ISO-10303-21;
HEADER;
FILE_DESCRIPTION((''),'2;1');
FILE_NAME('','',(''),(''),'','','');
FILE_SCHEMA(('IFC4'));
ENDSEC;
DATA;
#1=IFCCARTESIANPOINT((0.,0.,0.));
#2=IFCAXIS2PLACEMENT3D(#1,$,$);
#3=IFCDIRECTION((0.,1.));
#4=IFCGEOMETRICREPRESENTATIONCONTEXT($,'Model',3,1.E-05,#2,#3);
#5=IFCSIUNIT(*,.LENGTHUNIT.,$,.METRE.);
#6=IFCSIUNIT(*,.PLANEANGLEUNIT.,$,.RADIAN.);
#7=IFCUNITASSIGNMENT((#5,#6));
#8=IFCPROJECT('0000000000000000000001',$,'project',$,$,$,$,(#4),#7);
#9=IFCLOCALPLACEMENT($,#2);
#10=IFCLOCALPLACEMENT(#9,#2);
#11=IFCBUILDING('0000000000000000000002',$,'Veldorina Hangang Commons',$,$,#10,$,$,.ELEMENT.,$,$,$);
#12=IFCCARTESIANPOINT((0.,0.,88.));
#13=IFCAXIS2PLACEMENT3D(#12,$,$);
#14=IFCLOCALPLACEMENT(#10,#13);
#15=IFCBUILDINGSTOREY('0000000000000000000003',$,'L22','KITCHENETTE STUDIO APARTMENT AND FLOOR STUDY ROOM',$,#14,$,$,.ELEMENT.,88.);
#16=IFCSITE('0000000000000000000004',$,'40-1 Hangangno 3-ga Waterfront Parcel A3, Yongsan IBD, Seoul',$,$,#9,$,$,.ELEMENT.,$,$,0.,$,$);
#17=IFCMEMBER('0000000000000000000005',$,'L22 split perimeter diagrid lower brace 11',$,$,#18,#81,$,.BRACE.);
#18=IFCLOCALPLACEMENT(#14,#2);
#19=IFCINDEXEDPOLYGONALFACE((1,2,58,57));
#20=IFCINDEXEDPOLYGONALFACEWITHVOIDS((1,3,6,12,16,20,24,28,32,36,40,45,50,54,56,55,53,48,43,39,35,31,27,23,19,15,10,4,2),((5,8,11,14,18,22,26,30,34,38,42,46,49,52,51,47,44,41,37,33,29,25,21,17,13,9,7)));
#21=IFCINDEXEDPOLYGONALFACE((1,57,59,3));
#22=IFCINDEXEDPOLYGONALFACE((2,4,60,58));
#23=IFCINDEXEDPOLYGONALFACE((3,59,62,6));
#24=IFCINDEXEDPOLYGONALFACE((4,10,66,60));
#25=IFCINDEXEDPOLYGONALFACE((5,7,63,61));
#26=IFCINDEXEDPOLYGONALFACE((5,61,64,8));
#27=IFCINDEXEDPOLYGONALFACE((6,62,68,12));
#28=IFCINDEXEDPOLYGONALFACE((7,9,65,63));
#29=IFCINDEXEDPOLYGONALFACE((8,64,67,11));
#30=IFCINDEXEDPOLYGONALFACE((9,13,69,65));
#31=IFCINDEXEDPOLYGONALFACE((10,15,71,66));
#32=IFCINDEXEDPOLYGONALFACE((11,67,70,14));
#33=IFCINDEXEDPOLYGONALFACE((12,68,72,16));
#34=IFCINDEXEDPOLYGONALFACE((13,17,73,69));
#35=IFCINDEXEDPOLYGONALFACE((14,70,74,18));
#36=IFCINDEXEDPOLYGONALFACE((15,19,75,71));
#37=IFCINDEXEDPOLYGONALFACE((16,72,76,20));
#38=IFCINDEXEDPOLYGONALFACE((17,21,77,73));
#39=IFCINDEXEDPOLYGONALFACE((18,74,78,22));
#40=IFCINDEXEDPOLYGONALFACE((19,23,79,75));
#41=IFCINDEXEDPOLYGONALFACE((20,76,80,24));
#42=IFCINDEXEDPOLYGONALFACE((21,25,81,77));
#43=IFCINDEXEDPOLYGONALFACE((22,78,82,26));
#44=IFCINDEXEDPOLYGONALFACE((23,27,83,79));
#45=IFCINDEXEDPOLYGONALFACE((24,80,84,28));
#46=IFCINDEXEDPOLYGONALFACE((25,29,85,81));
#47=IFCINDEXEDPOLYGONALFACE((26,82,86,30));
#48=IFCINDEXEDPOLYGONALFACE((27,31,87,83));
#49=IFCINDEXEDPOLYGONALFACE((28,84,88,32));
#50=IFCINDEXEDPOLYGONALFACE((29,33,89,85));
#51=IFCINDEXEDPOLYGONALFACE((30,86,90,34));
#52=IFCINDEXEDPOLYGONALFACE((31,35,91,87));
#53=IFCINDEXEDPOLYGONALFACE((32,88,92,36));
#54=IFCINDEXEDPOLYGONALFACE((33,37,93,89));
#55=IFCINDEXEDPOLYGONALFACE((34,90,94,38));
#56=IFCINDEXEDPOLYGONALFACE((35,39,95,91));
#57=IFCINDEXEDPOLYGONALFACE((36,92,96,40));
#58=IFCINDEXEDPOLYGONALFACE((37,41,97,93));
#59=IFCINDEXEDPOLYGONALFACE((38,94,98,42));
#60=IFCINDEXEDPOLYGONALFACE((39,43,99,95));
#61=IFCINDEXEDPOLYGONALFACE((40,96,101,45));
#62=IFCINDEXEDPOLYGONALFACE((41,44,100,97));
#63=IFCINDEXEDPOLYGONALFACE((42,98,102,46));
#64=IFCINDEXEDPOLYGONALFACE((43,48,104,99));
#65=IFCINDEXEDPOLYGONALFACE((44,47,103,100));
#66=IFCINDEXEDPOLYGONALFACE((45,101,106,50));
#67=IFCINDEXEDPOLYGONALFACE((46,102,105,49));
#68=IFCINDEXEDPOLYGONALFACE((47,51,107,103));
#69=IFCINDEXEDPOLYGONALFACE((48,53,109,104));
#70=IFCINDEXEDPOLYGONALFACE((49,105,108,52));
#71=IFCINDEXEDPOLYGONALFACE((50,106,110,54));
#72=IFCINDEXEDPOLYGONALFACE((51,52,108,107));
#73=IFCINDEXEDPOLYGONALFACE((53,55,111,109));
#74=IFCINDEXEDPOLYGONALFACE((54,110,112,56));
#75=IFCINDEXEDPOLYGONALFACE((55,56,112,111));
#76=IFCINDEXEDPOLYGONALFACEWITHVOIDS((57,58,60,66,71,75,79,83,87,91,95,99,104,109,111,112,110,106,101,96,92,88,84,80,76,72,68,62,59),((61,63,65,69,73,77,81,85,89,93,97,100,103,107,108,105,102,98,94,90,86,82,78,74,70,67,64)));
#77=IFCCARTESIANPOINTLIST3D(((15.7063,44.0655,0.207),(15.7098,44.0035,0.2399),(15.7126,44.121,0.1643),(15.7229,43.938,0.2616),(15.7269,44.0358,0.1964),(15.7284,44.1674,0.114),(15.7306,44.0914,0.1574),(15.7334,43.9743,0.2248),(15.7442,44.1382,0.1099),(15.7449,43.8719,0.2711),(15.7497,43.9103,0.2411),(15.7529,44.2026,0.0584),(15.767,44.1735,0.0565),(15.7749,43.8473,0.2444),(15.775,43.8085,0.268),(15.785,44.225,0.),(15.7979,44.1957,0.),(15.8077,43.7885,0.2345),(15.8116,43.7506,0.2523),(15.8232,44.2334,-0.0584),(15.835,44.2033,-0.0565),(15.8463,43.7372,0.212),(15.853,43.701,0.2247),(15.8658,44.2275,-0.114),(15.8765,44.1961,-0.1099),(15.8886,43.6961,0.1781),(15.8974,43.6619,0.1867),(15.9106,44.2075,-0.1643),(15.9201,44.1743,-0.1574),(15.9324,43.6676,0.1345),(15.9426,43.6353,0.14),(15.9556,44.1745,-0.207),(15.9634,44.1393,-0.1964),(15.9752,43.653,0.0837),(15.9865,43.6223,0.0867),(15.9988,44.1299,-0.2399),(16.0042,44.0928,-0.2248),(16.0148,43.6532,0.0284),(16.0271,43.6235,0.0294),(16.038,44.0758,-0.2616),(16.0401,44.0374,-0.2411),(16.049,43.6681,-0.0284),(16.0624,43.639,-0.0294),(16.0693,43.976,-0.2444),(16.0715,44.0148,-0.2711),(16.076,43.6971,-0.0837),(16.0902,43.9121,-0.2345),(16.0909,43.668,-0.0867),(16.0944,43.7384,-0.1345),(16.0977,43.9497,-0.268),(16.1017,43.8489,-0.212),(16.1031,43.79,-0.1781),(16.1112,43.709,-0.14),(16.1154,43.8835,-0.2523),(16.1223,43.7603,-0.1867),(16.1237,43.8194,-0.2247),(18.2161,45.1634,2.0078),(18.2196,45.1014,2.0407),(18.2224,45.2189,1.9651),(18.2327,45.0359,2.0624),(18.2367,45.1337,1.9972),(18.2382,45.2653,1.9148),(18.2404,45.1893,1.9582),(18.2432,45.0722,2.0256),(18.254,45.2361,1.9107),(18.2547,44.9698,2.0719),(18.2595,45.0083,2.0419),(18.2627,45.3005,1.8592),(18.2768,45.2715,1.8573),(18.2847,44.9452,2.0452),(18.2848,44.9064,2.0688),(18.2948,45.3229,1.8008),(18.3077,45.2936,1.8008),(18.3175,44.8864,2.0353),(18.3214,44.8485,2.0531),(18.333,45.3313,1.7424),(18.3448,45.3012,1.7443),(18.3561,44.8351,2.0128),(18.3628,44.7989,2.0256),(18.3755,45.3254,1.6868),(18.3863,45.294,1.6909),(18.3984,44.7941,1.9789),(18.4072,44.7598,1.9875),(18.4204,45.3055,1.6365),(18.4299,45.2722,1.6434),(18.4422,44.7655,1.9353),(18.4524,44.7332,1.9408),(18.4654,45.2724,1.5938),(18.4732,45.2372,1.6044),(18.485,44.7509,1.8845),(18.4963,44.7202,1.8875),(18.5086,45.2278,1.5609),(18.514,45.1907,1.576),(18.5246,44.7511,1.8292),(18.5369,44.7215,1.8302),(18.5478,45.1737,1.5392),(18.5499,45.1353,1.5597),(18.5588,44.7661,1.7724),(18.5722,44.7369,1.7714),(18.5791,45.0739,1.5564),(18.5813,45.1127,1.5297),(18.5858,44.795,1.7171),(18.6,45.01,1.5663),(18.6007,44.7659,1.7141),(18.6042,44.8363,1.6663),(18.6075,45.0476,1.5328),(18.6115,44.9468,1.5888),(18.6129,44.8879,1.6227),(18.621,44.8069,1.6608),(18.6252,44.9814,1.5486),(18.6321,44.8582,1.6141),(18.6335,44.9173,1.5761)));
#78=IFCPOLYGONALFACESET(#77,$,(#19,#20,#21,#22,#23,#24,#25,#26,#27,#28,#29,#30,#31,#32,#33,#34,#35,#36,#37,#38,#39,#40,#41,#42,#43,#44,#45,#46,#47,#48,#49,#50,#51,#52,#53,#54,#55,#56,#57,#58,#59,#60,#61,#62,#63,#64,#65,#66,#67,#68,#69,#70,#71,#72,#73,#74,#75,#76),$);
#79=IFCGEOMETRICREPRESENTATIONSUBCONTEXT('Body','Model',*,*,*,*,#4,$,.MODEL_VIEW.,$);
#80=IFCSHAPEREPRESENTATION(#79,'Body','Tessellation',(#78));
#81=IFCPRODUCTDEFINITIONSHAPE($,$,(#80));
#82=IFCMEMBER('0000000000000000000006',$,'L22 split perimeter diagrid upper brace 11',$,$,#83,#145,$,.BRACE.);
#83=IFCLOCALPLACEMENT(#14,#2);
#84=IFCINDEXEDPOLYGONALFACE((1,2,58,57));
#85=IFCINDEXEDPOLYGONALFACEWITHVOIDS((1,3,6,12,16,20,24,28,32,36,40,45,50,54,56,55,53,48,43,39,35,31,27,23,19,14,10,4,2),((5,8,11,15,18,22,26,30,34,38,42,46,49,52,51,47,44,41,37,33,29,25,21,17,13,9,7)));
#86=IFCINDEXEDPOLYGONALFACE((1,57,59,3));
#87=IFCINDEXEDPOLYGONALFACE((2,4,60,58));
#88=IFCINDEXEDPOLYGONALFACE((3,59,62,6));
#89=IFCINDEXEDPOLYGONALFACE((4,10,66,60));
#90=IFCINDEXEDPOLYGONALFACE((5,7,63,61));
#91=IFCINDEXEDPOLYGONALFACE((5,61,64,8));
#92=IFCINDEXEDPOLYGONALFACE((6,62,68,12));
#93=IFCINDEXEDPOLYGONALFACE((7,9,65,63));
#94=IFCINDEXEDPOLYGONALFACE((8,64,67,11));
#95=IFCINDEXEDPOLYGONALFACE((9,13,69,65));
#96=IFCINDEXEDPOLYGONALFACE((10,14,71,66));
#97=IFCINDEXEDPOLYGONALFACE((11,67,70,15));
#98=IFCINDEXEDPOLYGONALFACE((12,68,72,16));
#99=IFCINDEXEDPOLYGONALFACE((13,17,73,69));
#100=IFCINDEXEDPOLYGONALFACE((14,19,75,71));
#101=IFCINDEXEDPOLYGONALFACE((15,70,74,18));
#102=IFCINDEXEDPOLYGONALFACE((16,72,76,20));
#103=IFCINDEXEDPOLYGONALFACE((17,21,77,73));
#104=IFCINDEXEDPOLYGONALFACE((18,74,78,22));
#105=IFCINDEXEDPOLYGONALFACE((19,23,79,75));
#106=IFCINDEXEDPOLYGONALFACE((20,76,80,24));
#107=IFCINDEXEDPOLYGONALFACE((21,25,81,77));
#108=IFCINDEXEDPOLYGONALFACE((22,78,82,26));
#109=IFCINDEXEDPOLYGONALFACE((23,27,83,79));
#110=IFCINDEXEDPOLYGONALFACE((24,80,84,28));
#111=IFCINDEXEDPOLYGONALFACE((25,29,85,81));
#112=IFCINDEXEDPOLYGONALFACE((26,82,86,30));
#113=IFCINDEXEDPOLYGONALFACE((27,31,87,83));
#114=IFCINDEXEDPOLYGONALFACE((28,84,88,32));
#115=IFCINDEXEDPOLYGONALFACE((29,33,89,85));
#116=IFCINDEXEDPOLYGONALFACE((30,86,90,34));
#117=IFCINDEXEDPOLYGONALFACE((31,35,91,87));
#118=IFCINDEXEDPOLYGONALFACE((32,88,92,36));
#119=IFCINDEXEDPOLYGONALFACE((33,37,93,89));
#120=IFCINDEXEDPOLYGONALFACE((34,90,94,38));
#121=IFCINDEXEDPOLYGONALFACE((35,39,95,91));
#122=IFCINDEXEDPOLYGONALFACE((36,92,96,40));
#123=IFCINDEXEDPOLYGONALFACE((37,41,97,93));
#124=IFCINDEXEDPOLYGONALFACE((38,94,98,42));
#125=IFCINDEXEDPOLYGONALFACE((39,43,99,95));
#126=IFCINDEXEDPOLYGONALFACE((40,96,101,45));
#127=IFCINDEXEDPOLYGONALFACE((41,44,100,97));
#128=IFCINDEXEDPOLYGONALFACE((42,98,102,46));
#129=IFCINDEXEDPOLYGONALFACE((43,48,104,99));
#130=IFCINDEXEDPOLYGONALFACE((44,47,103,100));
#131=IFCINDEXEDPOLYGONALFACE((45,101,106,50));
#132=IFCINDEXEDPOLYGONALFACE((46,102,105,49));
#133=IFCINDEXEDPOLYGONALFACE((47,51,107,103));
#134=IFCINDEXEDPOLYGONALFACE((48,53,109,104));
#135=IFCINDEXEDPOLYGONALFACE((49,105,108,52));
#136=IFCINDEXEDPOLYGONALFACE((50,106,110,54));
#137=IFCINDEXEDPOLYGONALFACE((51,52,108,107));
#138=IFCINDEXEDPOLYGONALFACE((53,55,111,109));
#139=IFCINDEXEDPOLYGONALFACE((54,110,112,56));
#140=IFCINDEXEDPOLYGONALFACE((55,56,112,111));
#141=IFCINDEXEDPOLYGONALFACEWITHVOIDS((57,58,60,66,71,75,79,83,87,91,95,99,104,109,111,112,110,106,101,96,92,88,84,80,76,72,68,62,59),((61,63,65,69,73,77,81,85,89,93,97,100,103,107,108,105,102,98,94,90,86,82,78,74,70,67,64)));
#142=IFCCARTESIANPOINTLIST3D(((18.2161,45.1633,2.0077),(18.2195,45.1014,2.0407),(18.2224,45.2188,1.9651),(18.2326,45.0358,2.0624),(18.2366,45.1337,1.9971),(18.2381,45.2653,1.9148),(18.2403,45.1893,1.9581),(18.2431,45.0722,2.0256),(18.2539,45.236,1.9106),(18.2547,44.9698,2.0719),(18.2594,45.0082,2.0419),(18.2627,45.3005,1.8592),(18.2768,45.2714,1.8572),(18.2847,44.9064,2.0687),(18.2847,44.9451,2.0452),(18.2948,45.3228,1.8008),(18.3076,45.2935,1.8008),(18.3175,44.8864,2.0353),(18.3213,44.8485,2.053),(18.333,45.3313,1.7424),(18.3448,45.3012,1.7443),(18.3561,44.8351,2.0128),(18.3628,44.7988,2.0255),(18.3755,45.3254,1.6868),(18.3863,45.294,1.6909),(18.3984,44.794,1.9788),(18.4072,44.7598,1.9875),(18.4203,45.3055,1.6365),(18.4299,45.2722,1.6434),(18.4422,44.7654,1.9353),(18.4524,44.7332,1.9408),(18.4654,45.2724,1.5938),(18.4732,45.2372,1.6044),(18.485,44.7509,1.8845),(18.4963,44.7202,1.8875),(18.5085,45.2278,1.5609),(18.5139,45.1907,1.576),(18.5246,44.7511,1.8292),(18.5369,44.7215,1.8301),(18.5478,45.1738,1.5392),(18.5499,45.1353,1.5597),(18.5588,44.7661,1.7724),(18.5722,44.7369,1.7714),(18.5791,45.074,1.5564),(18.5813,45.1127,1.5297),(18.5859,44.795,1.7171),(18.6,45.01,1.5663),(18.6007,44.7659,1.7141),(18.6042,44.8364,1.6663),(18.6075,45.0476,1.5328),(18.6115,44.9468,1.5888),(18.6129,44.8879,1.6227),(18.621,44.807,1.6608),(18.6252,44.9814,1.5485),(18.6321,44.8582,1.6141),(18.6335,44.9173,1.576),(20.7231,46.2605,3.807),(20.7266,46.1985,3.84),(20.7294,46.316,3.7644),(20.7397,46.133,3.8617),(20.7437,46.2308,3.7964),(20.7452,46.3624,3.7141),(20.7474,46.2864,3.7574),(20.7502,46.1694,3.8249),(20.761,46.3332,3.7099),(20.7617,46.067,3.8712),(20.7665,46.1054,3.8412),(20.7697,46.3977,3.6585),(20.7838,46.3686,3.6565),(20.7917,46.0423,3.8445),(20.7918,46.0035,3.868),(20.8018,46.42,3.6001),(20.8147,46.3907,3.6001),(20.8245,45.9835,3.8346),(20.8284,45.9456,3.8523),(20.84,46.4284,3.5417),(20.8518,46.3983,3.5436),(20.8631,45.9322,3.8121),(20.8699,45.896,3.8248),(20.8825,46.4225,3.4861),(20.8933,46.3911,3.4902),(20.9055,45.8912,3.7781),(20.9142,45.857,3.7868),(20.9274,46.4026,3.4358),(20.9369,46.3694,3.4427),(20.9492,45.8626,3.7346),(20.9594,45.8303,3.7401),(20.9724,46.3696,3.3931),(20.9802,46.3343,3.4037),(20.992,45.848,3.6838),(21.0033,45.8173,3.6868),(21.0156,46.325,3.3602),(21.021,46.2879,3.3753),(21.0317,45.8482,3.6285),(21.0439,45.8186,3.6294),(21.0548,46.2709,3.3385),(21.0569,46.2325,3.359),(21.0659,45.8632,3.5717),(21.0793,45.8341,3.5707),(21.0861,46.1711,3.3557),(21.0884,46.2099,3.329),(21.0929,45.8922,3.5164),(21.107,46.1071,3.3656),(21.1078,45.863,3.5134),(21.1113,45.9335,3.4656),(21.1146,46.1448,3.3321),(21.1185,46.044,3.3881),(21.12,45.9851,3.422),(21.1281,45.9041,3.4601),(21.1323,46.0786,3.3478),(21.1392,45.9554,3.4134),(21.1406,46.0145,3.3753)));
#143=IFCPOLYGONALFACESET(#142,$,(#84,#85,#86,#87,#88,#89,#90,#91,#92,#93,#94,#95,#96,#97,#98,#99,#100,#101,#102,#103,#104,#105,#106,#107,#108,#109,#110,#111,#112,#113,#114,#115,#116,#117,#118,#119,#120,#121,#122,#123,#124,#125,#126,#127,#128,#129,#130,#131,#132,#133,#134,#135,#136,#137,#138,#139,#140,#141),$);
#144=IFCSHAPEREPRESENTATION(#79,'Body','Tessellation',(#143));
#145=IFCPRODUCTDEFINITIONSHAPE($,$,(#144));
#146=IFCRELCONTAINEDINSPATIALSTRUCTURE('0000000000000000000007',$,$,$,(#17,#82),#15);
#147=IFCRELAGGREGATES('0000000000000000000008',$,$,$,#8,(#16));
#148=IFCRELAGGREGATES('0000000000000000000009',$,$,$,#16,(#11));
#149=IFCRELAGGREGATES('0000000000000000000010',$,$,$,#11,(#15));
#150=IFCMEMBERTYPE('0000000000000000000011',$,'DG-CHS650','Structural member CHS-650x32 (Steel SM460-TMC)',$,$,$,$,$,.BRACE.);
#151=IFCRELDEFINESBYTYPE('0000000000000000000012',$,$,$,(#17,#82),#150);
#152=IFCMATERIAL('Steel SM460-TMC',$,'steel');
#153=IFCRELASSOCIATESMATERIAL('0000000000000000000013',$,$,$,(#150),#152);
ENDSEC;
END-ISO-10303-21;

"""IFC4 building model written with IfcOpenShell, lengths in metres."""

from ifc_helpers import new_model, si_unit, direction, frame, origin, origin_2d, place, context, subcontext, project, spatial, hollow_circle, extrude, material, material_profile, profile_set, type_object, element, save


model = new_model("IFC4")

# Units and contexts
model_context = context("Model", 3, precision=1e-05, world=origin(), true_north=direction((0.0, 1.0)))
body_context = subcontext(model_context, "Body", "Model", "MODEL_VIEW")
ifc_project = project(units=[si_unit("LENGTHUNIT", "METRE"), si_unit("PLANEANGLEUNIT", "RADIAN")], contexts=[model_context])

# Site, building, storey
site_placement = place(None, origin())
site = spatial("IfcSite", under=ifc_project, at=site_placement, Name="40-1 Hangangno 3-ga Waterfront Parcel A3, Yongsan IBD, Seoul", CompositionType="ELEMENT", RefElevation=0.0)
building_placement = place(site_placement, origin())
building = spatial("IfcBuilding", under=site, at=building_placement, Name="Veldorina Hangang Commons", CompositionType="ELEMENT")
storey_placement = place(building_placement, frame((0.0, 0.0, 88.0)))
storey = spatial("IfcBuildingStorey", under=building, at=storey_placement, Name="L22", Description="KITCHENETTE STUDIO APARTMENT AND FLOOR STUDY ROOM", CompositionType="ELEMENT", Elevation=88.0)

# Members
ifc_material_1 = material(Name="Steel SM460-TMC", Category="steel")
ifc_material_profile_1 = material_profile(ifc_material_1, hollow_circle(Radius=0.325, WallThickness=0.032, at=origin_2d()), Name="CHS-650x32")
ifc_profile_set_1 = profile_set([ifc_material_profile_1], Name="Steel SM460-TMC")
member_type = type_object("IfcMemberType", Name="DG-CHS650", Description="Structural member CHS-650x32 (Steel SM460-TMC)", PredefinedType="BRACE", material=ifc_profile_set_1)
member_1_placement = place(storey_placement, frame((15.9153, 43.9272, 0.0), z_axis=(0.765574, 0.334901, 0.549307), x_axis=(-0.400781, 0.916174, 0.0)))
element("IfcMember", 1, at=member_1_placement, inside=storey, type_object=member_type, Name="L22 split perimeter diagrid lower brace 11", PredefinedType="BRACE", context=body_context, shape_type="SweptSolid", body=[
    extrude(hollow_circle(Radius=0.325, WallThickness=0.032, at=origin_2d()), origin(), (0.0, 0.0, 1.0), 3.2783),
])
member_2_placement = place(storey_placement, frame((18.425, 45.0251, 1.8008), z_axis=(0.76548, 0.334995, 0.54938), x_axis=(-0.400917, 0.916114, 0.0)))
element("IfcMember", 2, at=member_2_placement, inside=storey, type_object=member_type, Name="L22 split perimeter diagrid upper brace 11", PredefinedType="BRACE", context=body_context, shape_type="SweptSolid", body=[
    extrude(hollow_circle(Radius=0.325, WallThickness=0.032, at=origin_2d()), origin(), (0.0, 0.0, 1.0), 3.2751),
])

save(model, "model.ifc")
